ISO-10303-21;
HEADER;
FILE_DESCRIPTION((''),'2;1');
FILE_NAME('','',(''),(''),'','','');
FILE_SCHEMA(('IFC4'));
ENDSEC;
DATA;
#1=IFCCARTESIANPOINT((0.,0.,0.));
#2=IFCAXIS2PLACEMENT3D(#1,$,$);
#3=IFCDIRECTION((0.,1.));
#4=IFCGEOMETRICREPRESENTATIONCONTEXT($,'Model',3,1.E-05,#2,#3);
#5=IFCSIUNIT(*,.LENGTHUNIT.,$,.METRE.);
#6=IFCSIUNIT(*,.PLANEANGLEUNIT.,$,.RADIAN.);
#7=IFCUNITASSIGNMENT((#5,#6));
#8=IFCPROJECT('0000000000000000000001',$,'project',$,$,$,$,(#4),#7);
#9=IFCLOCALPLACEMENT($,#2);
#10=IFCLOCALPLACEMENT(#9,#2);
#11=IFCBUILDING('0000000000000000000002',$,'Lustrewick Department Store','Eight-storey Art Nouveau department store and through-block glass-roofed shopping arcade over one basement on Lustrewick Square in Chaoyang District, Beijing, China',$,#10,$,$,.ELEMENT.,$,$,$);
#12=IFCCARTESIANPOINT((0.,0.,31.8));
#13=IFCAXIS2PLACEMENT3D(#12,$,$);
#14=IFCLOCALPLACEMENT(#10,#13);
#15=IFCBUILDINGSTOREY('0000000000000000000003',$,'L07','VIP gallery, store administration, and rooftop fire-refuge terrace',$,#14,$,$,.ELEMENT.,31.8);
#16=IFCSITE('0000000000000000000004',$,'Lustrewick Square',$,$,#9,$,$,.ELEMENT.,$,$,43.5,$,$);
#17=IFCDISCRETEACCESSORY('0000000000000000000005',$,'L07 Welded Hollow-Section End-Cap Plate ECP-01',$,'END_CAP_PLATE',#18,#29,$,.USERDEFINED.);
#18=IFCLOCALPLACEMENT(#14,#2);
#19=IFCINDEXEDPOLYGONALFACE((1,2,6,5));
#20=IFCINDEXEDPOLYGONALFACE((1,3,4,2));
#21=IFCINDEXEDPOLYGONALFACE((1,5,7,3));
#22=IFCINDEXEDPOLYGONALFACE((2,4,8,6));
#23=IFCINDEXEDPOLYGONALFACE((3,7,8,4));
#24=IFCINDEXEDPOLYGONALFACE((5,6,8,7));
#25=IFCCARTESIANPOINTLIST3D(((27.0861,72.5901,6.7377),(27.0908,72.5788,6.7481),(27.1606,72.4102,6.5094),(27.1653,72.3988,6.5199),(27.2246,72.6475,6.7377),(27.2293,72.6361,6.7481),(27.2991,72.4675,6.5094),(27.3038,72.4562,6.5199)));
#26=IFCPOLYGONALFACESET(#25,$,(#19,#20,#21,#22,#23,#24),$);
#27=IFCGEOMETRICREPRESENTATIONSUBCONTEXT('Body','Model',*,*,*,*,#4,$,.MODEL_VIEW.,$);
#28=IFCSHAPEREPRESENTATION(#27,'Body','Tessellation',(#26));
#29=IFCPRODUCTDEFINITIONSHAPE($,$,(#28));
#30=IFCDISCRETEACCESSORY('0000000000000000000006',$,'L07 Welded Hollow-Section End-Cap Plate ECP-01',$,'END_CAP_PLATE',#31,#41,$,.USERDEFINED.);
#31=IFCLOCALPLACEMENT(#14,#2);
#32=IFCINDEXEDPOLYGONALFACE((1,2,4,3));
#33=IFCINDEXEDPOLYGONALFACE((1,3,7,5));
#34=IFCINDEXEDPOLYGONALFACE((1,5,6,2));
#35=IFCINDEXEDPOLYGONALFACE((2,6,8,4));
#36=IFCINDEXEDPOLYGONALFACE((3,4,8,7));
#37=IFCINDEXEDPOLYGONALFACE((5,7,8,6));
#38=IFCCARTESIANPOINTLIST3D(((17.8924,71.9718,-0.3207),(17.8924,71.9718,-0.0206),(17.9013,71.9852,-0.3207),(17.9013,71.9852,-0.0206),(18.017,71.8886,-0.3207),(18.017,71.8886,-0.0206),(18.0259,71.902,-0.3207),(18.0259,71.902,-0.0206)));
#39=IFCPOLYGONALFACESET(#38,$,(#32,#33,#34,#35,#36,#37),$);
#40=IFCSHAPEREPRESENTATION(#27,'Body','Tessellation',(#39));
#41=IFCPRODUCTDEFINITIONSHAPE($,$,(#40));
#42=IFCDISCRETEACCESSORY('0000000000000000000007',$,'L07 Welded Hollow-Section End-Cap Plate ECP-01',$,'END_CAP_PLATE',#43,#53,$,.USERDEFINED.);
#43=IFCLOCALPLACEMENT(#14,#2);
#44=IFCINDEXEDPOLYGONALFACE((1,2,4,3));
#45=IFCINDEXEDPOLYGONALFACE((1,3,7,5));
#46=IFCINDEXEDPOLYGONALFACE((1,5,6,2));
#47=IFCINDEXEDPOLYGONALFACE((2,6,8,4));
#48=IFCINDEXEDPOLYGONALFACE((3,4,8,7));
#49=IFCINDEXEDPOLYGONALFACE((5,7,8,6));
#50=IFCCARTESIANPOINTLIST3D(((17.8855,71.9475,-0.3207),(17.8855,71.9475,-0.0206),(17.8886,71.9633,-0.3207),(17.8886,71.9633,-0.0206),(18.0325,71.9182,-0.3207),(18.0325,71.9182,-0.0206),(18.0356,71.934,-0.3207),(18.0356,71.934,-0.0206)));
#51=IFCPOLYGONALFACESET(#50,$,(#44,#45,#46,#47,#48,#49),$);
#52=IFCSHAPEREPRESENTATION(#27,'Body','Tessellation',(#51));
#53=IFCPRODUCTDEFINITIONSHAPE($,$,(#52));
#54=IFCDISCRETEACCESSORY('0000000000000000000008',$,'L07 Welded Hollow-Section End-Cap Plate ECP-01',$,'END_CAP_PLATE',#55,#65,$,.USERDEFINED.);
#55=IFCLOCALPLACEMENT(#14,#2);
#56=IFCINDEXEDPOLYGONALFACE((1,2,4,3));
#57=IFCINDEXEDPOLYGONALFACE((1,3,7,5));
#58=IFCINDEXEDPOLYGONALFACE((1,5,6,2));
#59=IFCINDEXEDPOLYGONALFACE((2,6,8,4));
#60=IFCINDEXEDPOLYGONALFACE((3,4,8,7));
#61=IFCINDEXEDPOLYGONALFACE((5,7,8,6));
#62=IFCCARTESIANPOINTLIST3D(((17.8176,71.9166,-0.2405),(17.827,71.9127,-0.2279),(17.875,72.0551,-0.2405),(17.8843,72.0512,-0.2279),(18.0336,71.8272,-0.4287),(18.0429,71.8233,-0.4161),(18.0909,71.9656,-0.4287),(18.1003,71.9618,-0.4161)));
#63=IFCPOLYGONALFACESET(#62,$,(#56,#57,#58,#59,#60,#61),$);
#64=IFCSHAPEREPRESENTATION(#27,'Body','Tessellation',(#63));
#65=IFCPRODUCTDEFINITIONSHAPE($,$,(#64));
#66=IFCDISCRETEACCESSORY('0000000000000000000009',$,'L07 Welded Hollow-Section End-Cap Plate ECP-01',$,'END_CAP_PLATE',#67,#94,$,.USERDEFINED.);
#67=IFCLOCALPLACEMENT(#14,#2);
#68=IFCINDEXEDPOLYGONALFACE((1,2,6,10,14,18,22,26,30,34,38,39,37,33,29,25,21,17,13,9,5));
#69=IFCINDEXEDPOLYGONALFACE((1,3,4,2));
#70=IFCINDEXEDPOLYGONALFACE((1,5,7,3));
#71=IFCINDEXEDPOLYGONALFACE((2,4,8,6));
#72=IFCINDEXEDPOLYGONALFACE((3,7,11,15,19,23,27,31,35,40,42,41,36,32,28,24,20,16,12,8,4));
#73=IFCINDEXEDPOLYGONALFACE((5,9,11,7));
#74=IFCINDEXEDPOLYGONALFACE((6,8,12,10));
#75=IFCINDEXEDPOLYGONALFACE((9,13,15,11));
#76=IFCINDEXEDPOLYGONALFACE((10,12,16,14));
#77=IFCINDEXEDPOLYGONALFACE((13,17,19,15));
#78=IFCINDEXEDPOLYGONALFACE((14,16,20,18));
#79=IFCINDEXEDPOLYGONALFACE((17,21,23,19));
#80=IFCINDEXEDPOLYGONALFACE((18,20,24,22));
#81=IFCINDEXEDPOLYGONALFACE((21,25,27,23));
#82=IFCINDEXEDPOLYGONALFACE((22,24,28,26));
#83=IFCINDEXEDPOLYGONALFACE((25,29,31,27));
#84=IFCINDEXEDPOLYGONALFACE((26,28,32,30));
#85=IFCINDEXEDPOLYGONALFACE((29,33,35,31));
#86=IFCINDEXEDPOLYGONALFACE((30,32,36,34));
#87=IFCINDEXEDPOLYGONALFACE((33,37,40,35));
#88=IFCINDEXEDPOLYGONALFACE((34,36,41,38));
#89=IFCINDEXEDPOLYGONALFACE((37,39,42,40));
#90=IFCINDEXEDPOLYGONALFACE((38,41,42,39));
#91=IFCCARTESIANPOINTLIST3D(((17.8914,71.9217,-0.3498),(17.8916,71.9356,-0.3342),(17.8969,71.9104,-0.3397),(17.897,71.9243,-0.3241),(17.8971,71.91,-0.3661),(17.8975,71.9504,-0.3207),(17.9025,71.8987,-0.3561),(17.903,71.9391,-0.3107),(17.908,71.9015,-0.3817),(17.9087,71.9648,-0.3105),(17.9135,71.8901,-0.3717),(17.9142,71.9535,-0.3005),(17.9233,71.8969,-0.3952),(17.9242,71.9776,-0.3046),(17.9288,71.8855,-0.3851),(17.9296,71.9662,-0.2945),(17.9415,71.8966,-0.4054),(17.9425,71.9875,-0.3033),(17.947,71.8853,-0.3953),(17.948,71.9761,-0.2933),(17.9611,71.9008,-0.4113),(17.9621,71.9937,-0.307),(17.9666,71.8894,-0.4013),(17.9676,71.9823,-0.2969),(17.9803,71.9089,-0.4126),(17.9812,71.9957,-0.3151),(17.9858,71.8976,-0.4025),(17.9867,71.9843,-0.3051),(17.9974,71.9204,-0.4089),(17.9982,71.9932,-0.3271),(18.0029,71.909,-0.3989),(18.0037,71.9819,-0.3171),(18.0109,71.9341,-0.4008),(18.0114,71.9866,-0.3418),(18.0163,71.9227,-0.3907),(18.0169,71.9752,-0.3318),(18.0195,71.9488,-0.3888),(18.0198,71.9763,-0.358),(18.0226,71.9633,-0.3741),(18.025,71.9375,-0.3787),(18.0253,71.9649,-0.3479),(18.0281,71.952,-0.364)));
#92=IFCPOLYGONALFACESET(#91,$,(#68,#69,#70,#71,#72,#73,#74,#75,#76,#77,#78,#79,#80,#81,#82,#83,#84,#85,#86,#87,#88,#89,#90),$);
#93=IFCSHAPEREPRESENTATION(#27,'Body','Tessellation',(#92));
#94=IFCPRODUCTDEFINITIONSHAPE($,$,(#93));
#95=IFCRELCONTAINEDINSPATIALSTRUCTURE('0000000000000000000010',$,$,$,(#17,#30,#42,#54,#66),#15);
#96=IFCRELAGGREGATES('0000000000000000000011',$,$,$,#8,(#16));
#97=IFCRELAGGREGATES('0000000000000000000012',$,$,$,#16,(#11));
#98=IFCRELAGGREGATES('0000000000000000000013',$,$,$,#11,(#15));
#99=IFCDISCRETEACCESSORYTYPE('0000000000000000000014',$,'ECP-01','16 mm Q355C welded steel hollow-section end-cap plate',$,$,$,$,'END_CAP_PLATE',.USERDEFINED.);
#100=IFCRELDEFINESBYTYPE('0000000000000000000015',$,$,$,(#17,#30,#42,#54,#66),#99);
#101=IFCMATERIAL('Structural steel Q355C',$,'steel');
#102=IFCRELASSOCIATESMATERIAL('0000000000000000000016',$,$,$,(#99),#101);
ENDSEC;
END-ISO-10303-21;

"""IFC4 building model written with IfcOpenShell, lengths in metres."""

from ifc_helpers import new_model, si_unit, direction, frame, origin, origin_2d, place, context, subcontext, project, spatial, rectangle, circle, extrude, material, type_object, element, save


model = new_model("IFC4")

# Units and contexts
model_context = context("Model", 3, precision=1e-05, world=origin(), true_north=direction((0.0, 1.0)))
body_context = subcontext(model_context, "Body", "Model", "MODEL_VIEW")
ifc_project = project(units=[si_unit("LENGTHUNIT", "METRE"), si_unit("PLANEANGLEUNIT", "RADIAN")], contexts=[model_context])

# Site, building, storey
site_placement = place(None, origin())
site = spatial("IfcSite", under=ifc_project, at=site_placement, Name="Lustrewick Square", CompositionType="ELEMENT", RefElevation=43.5)
building_placement = place(site_placement, origin())
building = spatial("IfcBuilding", under=site, at=building_placement, Name="Lustrewick Department Store", Description="Eight-storey Art Nouveau department store and through-block glass-roofed shopping arcade over one basement on Lustrewick Square in Chaoyang District, Beijing, China", CompositionType="ELEMENT")
storey_placement = place(building_placement, frame((0.0, 0.0, 31.8)))
storey = spatial("IfcBuildingStorey", under=building, at=storey_placement, Name="L07", Description="VIP gallery, store administration, and rooftop fire-refuge terrace", CompositionType="ELEMENT", Elevation=31.8)

# Shared definitions
ifc_material_1 = material(Name="Structural steel Q355C", Category="steel")

# Discrete accessories
discrete_accessory_type_1 = type_object("IfcDiscreteAccessoryType", Name="ECP-01", Description="16 mm Q355C welded steel hollow-section end-cap plate", ElementType="END_CAP_PLATE", PredefinedType="USERDEFINED", material=ifc_material_1)
for number, where, z_axis, x_axis, name in (
    (1, (27.1926, 72.5288, 6.6235), (0.291046, -0.70278, 0.649147), (0.923905, 0.382622, 0.0), "L07 Welded Hollow-Section End-Cap Plate ECP-01"),
    (2, (17.9636, 71.9436, -0.1707), (-0.555563, -0.831475, 0.0), (0.831475, -0.555563, 0.0), "L07 Welded Hollow-Section End-Cap Plate ECP-01"),
    (3, (17.959, 71.9329, -0.1707), (0.195096, 0.980784, 0.0), (0.980784, -0.195096, 0.0), "L07 Welded Hollow-Section End-Cap Plate ECP-01"),
    (4, (17.9636, 71.9373, -0.322), (-0.579378, 0.240018, -0.778918), (0.382726, 0.923862, 0.0), "L07 Welded Hollow-Section End-Cap Plate ECP-01"),
):
    element("IfcDiscreteAccessory", number, at=place(storey_placement, frame(where, z_axis=z_axis, x_axis=x_axis)), inside=storey, type_object=discrete_accessory_type_1, Name=name, ObjectType="END_CAP_PLATE", PredefinedType="USERDEFINED", context=body_context, shape_type="SweptSolid", body=[
        extrude(rectangle(XDim=0.1499, YDim=0.3, at=origin_2d()), origin(), (0.0, 0.0, 1.0), 0.0161),
    ])
discrete_accessory_placement = place(storey_placement, frame((17.9622, 71.9346, -0.3479), z_axis=(-0.338858, 0.704277, -0.623835), x_axis=(0.901121, 0.433569, 0.0)))
element("IfcDiscreteAccessory", 5, at=discrete_accessory_placement, inside=storey, type_object=discrete_accessory_type_1, Name="L07 Welded Hollow-Section End-Cap Plate ECP-01", ObjectType="END_CAP_PLATE", PredefinedType="USERDEFINED", context=body_context, shape_type="SweptSolid", body=[
    extrude(circle(Radius=0.0701, at=origin_2d()), origin(), (0.0, 0.0, 1.0), 0.0161),
])

save(model, "model.ifc")
